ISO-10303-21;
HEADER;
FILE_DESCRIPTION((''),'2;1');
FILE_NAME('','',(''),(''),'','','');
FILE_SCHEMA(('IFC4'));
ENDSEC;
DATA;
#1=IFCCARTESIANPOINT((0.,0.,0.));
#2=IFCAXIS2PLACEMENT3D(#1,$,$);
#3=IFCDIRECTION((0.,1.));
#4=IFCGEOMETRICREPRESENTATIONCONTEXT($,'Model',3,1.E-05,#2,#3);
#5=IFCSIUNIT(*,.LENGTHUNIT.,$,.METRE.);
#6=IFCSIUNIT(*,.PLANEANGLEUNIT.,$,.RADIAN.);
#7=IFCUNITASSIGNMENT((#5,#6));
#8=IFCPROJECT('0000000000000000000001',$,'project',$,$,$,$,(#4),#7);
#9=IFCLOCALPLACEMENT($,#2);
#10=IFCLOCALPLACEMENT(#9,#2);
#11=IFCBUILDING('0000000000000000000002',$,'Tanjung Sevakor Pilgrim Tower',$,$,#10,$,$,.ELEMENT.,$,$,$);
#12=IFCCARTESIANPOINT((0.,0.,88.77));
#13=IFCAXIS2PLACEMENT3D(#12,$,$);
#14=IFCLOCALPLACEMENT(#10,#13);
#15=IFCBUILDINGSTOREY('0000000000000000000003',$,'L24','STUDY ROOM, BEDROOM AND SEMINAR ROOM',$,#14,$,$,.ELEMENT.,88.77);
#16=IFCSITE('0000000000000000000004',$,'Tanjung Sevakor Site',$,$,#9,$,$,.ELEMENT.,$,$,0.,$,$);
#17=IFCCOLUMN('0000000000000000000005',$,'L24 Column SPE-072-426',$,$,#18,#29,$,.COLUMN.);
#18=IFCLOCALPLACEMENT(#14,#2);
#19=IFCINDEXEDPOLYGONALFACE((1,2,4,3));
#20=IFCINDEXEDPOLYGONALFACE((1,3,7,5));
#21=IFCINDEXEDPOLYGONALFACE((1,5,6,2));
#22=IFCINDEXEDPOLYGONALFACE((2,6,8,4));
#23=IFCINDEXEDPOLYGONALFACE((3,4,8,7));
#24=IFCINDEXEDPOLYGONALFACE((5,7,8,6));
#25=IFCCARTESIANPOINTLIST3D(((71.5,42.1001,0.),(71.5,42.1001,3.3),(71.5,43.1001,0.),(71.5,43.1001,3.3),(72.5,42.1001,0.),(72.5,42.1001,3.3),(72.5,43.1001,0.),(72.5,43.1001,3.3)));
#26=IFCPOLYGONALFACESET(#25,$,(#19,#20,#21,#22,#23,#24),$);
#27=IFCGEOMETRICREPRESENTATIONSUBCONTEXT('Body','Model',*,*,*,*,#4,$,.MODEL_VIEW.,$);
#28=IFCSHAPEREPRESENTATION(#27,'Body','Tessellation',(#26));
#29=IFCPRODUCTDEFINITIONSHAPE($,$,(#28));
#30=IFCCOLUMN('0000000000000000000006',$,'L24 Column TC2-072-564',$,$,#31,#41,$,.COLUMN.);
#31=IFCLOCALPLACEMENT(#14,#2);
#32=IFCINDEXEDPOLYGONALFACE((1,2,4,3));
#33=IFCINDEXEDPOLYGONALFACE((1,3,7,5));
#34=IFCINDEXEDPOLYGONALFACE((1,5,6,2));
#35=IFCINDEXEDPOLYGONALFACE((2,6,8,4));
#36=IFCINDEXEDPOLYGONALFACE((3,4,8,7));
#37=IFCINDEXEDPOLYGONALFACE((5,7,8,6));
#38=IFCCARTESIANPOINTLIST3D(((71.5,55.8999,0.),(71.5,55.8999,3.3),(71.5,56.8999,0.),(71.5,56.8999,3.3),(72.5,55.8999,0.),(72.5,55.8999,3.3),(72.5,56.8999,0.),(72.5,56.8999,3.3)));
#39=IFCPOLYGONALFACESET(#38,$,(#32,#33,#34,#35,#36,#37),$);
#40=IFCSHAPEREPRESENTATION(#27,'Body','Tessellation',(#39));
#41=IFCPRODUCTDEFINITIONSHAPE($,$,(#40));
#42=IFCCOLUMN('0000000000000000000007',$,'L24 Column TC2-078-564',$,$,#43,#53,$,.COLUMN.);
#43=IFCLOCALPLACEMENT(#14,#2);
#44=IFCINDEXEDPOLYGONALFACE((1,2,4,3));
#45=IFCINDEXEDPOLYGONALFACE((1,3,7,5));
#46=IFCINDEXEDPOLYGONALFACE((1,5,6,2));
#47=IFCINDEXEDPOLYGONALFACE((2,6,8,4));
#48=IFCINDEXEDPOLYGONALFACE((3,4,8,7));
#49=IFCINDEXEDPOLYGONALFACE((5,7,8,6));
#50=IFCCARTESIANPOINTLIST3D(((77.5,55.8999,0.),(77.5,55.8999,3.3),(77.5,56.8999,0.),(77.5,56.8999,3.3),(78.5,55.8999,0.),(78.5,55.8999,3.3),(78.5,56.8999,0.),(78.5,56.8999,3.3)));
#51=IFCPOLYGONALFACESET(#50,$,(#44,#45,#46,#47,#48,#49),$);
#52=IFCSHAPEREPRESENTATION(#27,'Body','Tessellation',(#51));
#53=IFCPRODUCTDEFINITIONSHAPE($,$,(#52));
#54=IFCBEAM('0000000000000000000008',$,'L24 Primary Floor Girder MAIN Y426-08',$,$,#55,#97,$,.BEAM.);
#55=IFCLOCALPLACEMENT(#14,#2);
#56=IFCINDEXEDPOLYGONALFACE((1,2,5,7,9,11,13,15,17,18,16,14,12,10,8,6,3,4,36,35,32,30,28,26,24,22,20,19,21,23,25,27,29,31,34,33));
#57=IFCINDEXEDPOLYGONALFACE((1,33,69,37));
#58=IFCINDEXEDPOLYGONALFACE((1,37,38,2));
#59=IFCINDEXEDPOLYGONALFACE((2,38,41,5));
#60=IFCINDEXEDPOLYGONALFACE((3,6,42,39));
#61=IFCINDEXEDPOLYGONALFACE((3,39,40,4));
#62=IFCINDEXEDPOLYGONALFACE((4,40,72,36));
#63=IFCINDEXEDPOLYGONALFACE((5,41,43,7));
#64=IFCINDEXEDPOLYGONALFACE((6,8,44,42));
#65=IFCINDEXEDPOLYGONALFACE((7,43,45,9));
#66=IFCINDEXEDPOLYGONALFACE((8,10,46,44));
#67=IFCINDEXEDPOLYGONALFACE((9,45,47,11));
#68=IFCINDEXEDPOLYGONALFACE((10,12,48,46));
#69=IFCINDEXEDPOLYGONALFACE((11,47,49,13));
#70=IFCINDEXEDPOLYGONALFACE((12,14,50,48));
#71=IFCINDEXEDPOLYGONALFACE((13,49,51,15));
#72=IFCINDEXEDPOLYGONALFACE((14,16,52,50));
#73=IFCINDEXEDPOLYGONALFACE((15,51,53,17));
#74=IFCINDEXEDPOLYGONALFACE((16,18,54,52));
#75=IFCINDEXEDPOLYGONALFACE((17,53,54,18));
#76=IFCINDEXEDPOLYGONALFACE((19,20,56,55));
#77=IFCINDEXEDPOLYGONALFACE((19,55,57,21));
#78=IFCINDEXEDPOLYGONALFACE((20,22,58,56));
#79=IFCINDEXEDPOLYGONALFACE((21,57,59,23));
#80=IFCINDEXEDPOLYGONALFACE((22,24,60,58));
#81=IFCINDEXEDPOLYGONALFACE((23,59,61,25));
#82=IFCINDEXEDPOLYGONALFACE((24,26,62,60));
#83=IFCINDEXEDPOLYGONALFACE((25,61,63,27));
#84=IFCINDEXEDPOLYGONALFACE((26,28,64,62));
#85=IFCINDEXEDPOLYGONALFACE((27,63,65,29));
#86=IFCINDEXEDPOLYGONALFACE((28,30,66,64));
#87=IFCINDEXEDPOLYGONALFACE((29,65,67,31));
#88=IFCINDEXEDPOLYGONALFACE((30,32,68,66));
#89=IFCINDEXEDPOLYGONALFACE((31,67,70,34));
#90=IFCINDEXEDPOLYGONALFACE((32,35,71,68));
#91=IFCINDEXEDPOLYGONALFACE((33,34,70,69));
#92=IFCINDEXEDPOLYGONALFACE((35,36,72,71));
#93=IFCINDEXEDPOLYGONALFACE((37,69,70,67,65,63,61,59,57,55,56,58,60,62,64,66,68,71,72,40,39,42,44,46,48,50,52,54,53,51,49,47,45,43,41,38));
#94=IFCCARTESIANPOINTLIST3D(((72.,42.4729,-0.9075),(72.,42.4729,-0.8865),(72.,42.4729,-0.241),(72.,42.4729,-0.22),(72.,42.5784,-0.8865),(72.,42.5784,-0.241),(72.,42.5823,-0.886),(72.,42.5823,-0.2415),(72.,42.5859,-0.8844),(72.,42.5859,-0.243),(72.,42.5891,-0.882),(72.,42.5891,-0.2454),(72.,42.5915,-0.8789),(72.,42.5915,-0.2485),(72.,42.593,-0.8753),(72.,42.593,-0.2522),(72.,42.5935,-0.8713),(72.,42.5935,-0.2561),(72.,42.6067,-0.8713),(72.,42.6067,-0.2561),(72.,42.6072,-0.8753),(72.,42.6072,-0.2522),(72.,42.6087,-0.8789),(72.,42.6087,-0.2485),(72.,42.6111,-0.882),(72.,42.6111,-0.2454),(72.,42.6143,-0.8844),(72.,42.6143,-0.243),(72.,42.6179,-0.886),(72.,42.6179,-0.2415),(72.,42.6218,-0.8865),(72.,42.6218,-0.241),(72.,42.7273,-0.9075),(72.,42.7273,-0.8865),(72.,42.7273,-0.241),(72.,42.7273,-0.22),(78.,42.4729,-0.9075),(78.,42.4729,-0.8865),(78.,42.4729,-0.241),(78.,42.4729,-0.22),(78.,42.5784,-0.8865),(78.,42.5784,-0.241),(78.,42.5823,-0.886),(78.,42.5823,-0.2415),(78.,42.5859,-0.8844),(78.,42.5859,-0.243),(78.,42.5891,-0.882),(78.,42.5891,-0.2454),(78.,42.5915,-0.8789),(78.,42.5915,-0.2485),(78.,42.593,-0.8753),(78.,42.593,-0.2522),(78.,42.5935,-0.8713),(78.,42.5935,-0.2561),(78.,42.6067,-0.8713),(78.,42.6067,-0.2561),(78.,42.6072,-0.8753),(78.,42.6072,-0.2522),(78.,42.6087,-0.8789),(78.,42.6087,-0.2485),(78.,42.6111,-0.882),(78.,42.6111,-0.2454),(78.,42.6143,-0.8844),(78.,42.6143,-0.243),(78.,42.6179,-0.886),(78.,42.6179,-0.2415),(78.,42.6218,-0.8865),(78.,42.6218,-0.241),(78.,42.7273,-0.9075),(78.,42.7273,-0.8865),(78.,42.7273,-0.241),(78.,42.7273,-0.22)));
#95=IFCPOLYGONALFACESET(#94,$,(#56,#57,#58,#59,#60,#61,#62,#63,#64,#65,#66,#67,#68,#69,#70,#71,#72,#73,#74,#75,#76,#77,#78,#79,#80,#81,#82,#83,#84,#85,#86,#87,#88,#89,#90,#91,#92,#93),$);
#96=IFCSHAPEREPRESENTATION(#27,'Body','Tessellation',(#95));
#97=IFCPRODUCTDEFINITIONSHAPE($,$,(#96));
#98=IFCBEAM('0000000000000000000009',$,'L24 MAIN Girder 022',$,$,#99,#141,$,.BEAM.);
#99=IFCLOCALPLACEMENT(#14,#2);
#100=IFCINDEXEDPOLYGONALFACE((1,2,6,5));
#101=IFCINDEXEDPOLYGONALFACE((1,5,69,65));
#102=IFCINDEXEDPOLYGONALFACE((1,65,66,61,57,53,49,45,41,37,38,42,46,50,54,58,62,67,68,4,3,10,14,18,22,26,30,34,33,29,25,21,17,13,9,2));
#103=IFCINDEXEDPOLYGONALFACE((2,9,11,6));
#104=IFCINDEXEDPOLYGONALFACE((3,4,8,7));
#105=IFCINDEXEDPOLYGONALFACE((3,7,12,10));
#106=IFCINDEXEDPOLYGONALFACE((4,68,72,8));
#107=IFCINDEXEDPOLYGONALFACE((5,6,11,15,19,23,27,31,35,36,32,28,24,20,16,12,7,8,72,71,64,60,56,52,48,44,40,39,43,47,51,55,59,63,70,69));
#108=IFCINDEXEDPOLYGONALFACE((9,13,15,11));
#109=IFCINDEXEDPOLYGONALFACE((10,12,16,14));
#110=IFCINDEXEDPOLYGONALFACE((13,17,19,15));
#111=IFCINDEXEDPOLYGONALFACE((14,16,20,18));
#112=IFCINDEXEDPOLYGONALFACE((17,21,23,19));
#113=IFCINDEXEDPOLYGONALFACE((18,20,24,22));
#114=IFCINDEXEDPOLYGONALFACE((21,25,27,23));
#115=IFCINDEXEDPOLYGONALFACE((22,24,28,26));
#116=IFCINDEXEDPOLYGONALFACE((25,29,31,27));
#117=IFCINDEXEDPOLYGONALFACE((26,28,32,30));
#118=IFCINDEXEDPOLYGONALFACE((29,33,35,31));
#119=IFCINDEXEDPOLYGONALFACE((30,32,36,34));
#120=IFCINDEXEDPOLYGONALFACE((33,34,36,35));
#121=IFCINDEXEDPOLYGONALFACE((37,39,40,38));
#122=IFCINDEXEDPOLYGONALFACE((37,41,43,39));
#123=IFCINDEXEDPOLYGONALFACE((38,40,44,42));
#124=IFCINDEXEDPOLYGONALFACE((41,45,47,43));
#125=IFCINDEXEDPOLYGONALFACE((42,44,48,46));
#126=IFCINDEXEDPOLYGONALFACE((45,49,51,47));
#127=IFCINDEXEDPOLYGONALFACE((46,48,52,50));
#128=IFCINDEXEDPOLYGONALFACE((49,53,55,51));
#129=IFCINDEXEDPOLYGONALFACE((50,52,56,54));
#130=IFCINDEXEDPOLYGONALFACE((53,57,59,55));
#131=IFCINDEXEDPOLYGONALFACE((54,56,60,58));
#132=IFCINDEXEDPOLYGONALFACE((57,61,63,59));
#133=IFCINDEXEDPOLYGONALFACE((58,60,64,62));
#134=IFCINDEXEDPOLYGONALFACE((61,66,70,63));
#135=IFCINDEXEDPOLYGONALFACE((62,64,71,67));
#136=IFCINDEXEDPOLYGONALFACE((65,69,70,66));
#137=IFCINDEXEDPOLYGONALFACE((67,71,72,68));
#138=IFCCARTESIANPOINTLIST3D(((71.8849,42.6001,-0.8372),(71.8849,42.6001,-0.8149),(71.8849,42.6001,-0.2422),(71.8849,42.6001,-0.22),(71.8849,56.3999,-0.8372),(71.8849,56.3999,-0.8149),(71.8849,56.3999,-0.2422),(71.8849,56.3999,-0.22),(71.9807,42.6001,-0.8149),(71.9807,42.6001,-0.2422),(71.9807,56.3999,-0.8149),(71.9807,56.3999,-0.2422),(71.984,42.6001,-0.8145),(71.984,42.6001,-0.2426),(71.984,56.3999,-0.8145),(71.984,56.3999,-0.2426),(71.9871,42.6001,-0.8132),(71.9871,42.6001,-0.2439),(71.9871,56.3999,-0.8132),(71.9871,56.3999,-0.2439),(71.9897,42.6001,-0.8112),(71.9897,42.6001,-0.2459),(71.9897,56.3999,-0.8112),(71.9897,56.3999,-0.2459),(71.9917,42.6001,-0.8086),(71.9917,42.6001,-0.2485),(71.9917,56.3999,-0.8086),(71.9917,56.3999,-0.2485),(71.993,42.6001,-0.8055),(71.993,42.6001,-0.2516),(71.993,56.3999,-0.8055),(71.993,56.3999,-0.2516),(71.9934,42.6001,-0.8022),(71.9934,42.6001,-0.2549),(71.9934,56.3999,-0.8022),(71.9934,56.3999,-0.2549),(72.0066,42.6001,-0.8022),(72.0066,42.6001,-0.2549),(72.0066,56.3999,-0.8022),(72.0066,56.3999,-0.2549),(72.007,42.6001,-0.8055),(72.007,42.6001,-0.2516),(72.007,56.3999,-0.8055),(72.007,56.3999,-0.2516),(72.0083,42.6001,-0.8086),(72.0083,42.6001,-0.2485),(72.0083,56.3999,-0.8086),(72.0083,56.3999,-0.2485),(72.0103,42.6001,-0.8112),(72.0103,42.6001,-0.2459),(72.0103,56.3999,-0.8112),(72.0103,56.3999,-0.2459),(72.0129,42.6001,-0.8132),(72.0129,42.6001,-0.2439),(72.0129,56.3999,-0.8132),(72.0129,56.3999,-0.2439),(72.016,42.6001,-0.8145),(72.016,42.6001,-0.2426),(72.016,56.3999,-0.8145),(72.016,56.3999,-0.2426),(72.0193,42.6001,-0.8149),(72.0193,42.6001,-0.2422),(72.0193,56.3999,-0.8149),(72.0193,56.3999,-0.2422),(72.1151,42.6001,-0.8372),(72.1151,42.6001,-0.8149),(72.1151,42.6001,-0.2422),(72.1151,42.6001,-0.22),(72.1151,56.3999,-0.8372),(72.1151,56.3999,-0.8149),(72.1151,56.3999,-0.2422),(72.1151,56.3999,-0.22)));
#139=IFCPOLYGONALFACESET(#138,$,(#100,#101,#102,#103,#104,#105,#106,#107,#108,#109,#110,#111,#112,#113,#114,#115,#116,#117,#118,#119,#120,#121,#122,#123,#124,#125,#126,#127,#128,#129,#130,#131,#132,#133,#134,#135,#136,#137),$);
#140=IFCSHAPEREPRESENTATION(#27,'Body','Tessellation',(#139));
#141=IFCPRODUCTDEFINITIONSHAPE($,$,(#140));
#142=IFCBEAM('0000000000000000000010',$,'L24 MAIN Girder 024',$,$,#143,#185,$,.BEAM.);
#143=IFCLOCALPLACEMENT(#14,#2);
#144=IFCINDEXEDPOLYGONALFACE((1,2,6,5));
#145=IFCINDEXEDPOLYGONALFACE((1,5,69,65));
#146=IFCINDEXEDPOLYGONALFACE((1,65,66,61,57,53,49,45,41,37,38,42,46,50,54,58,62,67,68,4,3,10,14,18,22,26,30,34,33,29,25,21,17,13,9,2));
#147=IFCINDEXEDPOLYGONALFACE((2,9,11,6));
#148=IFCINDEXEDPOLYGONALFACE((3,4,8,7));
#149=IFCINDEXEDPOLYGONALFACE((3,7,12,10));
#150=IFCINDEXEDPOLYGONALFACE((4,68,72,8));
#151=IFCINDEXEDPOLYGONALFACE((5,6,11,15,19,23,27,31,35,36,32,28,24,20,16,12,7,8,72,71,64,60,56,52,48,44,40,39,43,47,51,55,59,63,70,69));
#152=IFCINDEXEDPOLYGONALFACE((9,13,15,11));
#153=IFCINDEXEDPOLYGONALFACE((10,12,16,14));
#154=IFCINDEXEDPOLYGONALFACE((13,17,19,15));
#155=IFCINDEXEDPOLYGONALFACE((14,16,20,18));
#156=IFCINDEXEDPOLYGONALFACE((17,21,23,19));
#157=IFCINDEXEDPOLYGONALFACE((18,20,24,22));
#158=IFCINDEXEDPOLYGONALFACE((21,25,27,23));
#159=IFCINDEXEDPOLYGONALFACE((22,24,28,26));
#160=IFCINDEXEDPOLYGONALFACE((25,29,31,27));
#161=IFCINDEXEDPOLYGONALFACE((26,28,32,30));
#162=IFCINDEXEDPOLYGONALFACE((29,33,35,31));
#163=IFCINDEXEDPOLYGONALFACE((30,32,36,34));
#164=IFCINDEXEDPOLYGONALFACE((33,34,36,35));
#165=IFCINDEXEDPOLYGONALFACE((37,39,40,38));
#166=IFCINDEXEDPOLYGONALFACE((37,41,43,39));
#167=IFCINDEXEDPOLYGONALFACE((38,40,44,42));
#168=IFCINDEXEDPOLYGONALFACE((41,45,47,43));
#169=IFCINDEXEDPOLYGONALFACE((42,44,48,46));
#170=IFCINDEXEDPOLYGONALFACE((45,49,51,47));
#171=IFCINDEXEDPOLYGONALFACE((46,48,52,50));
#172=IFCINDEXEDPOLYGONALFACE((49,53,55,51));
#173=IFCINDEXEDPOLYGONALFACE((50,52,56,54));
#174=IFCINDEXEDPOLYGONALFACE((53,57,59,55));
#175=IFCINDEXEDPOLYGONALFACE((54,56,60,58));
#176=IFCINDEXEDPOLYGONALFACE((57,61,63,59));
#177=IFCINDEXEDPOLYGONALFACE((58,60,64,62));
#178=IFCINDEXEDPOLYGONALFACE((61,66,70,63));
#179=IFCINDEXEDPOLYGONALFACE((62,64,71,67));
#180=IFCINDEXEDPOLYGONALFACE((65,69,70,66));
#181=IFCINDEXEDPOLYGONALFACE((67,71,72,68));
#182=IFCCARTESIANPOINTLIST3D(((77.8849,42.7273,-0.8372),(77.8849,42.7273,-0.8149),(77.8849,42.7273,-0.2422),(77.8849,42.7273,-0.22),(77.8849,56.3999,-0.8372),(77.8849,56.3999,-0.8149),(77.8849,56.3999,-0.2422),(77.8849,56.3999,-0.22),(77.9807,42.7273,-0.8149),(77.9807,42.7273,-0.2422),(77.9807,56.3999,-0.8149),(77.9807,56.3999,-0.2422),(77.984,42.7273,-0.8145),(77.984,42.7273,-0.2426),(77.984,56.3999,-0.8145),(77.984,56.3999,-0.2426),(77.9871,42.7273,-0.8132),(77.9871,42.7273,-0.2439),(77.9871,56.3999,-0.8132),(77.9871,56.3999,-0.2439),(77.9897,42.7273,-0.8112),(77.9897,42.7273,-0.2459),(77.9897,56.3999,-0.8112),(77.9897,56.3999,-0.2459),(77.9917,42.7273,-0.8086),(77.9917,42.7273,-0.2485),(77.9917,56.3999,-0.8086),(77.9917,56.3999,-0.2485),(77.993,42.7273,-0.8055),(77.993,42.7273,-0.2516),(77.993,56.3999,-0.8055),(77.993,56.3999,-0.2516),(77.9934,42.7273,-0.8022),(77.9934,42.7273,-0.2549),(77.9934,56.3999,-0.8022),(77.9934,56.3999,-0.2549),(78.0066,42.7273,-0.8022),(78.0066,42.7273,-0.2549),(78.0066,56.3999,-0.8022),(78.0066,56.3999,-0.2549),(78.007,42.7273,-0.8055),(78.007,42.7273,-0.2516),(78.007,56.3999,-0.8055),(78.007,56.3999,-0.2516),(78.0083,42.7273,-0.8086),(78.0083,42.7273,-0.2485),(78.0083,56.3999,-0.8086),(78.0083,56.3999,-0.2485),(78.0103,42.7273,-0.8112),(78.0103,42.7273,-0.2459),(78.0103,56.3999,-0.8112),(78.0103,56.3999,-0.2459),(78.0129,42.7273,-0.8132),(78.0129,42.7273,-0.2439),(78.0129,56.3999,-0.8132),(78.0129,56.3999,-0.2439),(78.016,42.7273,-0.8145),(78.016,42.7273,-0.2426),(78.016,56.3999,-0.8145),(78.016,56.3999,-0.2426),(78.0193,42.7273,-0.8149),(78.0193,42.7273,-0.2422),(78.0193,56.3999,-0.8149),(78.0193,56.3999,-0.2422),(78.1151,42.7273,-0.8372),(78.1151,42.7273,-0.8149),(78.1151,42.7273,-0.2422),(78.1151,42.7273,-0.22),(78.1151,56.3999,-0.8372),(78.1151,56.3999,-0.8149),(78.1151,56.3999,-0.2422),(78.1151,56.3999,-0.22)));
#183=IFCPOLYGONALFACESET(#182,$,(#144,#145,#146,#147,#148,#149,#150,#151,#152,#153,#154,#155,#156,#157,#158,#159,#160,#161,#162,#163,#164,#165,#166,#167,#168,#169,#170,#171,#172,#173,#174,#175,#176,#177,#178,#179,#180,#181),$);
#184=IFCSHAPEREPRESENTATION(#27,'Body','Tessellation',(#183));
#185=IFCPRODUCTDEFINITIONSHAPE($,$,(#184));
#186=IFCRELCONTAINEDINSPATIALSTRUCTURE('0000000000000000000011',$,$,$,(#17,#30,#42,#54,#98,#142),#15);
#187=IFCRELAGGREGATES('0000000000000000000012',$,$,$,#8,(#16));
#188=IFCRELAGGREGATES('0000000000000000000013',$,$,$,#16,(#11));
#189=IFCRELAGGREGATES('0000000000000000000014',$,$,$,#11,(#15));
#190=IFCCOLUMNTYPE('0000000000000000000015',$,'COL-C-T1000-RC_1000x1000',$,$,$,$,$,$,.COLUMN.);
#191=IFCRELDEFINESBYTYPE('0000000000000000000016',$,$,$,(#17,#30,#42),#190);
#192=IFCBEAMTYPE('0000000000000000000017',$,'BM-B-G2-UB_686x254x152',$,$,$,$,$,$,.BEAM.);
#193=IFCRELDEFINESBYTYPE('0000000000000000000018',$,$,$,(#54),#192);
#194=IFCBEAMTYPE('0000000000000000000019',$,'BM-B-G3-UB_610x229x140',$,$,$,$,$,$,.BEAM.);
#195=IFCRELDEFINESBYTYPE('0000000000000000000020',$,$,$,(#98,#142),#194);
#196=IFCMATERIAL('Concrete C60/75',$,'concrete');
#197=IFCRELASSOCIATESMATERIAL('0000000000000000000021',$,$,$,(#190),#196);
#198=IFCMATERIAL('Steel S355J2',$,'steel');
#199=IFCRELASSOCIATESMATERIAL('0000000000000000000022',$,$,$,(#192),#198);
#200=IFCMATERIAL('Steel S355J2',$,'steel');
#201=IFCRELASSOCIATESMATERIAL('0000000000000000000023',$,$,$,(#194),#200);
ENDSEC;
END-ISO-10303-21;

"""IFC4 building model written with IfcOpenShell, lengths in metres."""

from ifc_helpers import new_model, si_unit, direction, frame, origin, origin_2d, place, context, subcontext, project, spatial, rectangle, i_section, extrude, material, material_profile, profile_set, type_object, element, save


model = new_model("IFC4")

# Units and contexts
model_context = context("Model", 3, precision=1e-05, world=origin(), true_north=direction((0.0, 1.0)))
body_context = subcontext(model_context, "Body", "Model", "MODEL_VIEW")
ifc_project = project(units=[si_unit("LENGTHUNIT", "METRE"), si_unit("PLANEANGLEUNIT", "RADIAN")], contexts=[model_context])

# Site, building, storey
site_placement = place(None, origin())
site = spatial("IfcSite", under=ifc_project, at=site_placement, Name="Tanjung Sevakor Site", CompositionType="ELEMENT", RefElevation=0.0)
building_placement = place(site_placement, origin())
building = spatial("IfcBuilding", under=site, at=building_placement, Name="Tanjung Sevakor Pilgrim Tower", CompositionType="ELEMENT")
storey_placement = place(building_placement, frame((0.0, 0.0, 88.77)))
storey = spatial("IfcBuildingStorey", under=building, at=storey_placement, Name="L24", Description="STUDY ROOM, BEDROOM AND SEMINAR ROOM", CompositionType="ELEMENT", Elevation=88.77)

# Columns
ifc_material_1 = material(Name="Concrete C60/75", Category="concrete")
ifc_material_profile_1 = material_profile(ifc_material_1, rectangle(XDim=1.0, YDim=1.0, at=origin_2d()))
ifc_profile_set_1 = profile_set([ifc_material_profile_1], Name="Concrete C60/75")
column_type = type_object("IfcColumnType", Name="COL-C-T1000-RC_1000x1000", PredefinedType="COLUMN", material=ifc_profile_set_1)
for number, where, z_axis, x_axis, name in (
    (1, (72.0, 42.6001, 0.0), (0.0, 0.0, 1.0), (1.0, 0.0, 0.0), "L24 Column SPE-072-426"),
    (2, (72.0, 56.3999, 0.0), (0.0, 0.0, 1.0), (1.0, 0.0, 0.0), "L24 Column TC2-072-564"),
    (3, (78.0, 56.3999, 0.0), (0.0, 0.0, 1.0), (1.0, 0.0, 0.0), "L24 Column TC2-078-564"),
):
    element("IfcColumn", number, at=place(storey_placement, frame(where, z_axis=z_axis, x_axis=x_axis)), inside=storey, type_object=column_type, Name=name, PredefinedType="COLUMN", context=body_context, shape_type="SweptSolid", body=[
        extrude(rectangle(XDim=1.0, YDim=1.0, at=origin_2d()), origin(), (0.0, 0.0, 1.0), 3.3),
    ])

# Beams
ifc_material_2 = material(Name="Steel S355J2", Category="steel")
ifc_material_profile_2 = material_profile(ifc_material_2, i_section(OverallWidth=0.2544, OverallDepth=0.6875, WebThickness=0.0132, FlangeThickness=0.021, FilletRadius=0.0151, at=origin_2d()))
ifc_profile_set_2 = profile_set([ifc_material_profile_2], Name="Steel S355J2")
beam_type_1 = type_object("IfcBeamType", Name="BM-B-G2-UB_686x254x152", PredefinedType="BEAM", material=ifc_profile_set_2)
beam_1_placement = place(storey_placement, frame((72.0, 42.6001, -0.5637), z_axis=(1.0, 0.0, 0.0), x_axis=(0.0, 1.0, 0.0)))
element("IfcBeam", 4, at=beam_1_placement, inside=storey, type_object=beam_type_1, Name="L24 Primary Floor Girder MAIN Y426-08", PredefinedType="BEAM", context=body_context, shape_type="SweptSolid", body=[
    extrude(i_section(OverallWidth=0.2544, OverallDepth=0.6875, WebThickness=0.0132, FlangeThickness=0.021, FilletRadius=0.0151, at=origin_2d()), origin(), (0.0, 0.0, 1.0), 6.0),
])
ifc_material_3 = material(Name="Steel S355J2", Category="steel")
ifc_material_profile_3 = material_profile(ifc_material_3, i_section(OverallWidth=0.2302, OverallDepth=0.6172, WebThickness=0.0132, FlangeThickness=0.0222, FilletRadius=0.0127, at=origin_2d()))
ifc_profile_set_3 = profile_set([ifc_material_profile_3], Name="Steel S355J2")
beam_type_2 = type_object("IfcBeamType", Name="BM-B-G3-UB_610x229x140", PredefinedType="BEAM", material=ifc_profile_set_3)
beam_2_placement = place(storey_placement, frame((72.0, 42.6001, -0.5286), z_axis=(0.0, 1.0, 0.0), x_axis=(-1.0, 0.0, 0.0)))
element("IfcBeam", 5, at=beam_2_placement, inside=storey, type_object=beam_type_2, Name="L24 MAIN Girder 022", PredefinedType="BEAM", context=body_context, shape_type="SweptSolid", body=[
    extrude(i_section(OverallWidth=0.2302, OverallDepth=0.6172, WebThickness=0.0132, FlangeThickness=0.0222, FilletRadius=0.0127, at=origin_2d()), origin(), (0.0, 0.0, 1.0), 13.7998),
])
beam_3_placement = place(storey_placement, frame((78.0, 42.7273, -0.5286), z_axis=(0.0, 1.0, 0.0), x_axis=(-1.0, 0.0, 0.0)))
element("IfcBeam", 6, at=beam_3_placement, inside=storey, type_object=beam_type_2, Name="L24 MAIN Girder 024", PredefinedType="BEAM", context=body_context, shape_type="SweptSolid", body=[
    extrude(i_section(OverallWidth=0.2302, OverallDepth=0.6172, WebThickness=0.0132, FlangeThickness=0.0222, FilletRadius=0.0127, at=origin_2d()), origin(), (0.0, 0.0, 1.0), 13.6726),
])

save(model, "model.ifc")
